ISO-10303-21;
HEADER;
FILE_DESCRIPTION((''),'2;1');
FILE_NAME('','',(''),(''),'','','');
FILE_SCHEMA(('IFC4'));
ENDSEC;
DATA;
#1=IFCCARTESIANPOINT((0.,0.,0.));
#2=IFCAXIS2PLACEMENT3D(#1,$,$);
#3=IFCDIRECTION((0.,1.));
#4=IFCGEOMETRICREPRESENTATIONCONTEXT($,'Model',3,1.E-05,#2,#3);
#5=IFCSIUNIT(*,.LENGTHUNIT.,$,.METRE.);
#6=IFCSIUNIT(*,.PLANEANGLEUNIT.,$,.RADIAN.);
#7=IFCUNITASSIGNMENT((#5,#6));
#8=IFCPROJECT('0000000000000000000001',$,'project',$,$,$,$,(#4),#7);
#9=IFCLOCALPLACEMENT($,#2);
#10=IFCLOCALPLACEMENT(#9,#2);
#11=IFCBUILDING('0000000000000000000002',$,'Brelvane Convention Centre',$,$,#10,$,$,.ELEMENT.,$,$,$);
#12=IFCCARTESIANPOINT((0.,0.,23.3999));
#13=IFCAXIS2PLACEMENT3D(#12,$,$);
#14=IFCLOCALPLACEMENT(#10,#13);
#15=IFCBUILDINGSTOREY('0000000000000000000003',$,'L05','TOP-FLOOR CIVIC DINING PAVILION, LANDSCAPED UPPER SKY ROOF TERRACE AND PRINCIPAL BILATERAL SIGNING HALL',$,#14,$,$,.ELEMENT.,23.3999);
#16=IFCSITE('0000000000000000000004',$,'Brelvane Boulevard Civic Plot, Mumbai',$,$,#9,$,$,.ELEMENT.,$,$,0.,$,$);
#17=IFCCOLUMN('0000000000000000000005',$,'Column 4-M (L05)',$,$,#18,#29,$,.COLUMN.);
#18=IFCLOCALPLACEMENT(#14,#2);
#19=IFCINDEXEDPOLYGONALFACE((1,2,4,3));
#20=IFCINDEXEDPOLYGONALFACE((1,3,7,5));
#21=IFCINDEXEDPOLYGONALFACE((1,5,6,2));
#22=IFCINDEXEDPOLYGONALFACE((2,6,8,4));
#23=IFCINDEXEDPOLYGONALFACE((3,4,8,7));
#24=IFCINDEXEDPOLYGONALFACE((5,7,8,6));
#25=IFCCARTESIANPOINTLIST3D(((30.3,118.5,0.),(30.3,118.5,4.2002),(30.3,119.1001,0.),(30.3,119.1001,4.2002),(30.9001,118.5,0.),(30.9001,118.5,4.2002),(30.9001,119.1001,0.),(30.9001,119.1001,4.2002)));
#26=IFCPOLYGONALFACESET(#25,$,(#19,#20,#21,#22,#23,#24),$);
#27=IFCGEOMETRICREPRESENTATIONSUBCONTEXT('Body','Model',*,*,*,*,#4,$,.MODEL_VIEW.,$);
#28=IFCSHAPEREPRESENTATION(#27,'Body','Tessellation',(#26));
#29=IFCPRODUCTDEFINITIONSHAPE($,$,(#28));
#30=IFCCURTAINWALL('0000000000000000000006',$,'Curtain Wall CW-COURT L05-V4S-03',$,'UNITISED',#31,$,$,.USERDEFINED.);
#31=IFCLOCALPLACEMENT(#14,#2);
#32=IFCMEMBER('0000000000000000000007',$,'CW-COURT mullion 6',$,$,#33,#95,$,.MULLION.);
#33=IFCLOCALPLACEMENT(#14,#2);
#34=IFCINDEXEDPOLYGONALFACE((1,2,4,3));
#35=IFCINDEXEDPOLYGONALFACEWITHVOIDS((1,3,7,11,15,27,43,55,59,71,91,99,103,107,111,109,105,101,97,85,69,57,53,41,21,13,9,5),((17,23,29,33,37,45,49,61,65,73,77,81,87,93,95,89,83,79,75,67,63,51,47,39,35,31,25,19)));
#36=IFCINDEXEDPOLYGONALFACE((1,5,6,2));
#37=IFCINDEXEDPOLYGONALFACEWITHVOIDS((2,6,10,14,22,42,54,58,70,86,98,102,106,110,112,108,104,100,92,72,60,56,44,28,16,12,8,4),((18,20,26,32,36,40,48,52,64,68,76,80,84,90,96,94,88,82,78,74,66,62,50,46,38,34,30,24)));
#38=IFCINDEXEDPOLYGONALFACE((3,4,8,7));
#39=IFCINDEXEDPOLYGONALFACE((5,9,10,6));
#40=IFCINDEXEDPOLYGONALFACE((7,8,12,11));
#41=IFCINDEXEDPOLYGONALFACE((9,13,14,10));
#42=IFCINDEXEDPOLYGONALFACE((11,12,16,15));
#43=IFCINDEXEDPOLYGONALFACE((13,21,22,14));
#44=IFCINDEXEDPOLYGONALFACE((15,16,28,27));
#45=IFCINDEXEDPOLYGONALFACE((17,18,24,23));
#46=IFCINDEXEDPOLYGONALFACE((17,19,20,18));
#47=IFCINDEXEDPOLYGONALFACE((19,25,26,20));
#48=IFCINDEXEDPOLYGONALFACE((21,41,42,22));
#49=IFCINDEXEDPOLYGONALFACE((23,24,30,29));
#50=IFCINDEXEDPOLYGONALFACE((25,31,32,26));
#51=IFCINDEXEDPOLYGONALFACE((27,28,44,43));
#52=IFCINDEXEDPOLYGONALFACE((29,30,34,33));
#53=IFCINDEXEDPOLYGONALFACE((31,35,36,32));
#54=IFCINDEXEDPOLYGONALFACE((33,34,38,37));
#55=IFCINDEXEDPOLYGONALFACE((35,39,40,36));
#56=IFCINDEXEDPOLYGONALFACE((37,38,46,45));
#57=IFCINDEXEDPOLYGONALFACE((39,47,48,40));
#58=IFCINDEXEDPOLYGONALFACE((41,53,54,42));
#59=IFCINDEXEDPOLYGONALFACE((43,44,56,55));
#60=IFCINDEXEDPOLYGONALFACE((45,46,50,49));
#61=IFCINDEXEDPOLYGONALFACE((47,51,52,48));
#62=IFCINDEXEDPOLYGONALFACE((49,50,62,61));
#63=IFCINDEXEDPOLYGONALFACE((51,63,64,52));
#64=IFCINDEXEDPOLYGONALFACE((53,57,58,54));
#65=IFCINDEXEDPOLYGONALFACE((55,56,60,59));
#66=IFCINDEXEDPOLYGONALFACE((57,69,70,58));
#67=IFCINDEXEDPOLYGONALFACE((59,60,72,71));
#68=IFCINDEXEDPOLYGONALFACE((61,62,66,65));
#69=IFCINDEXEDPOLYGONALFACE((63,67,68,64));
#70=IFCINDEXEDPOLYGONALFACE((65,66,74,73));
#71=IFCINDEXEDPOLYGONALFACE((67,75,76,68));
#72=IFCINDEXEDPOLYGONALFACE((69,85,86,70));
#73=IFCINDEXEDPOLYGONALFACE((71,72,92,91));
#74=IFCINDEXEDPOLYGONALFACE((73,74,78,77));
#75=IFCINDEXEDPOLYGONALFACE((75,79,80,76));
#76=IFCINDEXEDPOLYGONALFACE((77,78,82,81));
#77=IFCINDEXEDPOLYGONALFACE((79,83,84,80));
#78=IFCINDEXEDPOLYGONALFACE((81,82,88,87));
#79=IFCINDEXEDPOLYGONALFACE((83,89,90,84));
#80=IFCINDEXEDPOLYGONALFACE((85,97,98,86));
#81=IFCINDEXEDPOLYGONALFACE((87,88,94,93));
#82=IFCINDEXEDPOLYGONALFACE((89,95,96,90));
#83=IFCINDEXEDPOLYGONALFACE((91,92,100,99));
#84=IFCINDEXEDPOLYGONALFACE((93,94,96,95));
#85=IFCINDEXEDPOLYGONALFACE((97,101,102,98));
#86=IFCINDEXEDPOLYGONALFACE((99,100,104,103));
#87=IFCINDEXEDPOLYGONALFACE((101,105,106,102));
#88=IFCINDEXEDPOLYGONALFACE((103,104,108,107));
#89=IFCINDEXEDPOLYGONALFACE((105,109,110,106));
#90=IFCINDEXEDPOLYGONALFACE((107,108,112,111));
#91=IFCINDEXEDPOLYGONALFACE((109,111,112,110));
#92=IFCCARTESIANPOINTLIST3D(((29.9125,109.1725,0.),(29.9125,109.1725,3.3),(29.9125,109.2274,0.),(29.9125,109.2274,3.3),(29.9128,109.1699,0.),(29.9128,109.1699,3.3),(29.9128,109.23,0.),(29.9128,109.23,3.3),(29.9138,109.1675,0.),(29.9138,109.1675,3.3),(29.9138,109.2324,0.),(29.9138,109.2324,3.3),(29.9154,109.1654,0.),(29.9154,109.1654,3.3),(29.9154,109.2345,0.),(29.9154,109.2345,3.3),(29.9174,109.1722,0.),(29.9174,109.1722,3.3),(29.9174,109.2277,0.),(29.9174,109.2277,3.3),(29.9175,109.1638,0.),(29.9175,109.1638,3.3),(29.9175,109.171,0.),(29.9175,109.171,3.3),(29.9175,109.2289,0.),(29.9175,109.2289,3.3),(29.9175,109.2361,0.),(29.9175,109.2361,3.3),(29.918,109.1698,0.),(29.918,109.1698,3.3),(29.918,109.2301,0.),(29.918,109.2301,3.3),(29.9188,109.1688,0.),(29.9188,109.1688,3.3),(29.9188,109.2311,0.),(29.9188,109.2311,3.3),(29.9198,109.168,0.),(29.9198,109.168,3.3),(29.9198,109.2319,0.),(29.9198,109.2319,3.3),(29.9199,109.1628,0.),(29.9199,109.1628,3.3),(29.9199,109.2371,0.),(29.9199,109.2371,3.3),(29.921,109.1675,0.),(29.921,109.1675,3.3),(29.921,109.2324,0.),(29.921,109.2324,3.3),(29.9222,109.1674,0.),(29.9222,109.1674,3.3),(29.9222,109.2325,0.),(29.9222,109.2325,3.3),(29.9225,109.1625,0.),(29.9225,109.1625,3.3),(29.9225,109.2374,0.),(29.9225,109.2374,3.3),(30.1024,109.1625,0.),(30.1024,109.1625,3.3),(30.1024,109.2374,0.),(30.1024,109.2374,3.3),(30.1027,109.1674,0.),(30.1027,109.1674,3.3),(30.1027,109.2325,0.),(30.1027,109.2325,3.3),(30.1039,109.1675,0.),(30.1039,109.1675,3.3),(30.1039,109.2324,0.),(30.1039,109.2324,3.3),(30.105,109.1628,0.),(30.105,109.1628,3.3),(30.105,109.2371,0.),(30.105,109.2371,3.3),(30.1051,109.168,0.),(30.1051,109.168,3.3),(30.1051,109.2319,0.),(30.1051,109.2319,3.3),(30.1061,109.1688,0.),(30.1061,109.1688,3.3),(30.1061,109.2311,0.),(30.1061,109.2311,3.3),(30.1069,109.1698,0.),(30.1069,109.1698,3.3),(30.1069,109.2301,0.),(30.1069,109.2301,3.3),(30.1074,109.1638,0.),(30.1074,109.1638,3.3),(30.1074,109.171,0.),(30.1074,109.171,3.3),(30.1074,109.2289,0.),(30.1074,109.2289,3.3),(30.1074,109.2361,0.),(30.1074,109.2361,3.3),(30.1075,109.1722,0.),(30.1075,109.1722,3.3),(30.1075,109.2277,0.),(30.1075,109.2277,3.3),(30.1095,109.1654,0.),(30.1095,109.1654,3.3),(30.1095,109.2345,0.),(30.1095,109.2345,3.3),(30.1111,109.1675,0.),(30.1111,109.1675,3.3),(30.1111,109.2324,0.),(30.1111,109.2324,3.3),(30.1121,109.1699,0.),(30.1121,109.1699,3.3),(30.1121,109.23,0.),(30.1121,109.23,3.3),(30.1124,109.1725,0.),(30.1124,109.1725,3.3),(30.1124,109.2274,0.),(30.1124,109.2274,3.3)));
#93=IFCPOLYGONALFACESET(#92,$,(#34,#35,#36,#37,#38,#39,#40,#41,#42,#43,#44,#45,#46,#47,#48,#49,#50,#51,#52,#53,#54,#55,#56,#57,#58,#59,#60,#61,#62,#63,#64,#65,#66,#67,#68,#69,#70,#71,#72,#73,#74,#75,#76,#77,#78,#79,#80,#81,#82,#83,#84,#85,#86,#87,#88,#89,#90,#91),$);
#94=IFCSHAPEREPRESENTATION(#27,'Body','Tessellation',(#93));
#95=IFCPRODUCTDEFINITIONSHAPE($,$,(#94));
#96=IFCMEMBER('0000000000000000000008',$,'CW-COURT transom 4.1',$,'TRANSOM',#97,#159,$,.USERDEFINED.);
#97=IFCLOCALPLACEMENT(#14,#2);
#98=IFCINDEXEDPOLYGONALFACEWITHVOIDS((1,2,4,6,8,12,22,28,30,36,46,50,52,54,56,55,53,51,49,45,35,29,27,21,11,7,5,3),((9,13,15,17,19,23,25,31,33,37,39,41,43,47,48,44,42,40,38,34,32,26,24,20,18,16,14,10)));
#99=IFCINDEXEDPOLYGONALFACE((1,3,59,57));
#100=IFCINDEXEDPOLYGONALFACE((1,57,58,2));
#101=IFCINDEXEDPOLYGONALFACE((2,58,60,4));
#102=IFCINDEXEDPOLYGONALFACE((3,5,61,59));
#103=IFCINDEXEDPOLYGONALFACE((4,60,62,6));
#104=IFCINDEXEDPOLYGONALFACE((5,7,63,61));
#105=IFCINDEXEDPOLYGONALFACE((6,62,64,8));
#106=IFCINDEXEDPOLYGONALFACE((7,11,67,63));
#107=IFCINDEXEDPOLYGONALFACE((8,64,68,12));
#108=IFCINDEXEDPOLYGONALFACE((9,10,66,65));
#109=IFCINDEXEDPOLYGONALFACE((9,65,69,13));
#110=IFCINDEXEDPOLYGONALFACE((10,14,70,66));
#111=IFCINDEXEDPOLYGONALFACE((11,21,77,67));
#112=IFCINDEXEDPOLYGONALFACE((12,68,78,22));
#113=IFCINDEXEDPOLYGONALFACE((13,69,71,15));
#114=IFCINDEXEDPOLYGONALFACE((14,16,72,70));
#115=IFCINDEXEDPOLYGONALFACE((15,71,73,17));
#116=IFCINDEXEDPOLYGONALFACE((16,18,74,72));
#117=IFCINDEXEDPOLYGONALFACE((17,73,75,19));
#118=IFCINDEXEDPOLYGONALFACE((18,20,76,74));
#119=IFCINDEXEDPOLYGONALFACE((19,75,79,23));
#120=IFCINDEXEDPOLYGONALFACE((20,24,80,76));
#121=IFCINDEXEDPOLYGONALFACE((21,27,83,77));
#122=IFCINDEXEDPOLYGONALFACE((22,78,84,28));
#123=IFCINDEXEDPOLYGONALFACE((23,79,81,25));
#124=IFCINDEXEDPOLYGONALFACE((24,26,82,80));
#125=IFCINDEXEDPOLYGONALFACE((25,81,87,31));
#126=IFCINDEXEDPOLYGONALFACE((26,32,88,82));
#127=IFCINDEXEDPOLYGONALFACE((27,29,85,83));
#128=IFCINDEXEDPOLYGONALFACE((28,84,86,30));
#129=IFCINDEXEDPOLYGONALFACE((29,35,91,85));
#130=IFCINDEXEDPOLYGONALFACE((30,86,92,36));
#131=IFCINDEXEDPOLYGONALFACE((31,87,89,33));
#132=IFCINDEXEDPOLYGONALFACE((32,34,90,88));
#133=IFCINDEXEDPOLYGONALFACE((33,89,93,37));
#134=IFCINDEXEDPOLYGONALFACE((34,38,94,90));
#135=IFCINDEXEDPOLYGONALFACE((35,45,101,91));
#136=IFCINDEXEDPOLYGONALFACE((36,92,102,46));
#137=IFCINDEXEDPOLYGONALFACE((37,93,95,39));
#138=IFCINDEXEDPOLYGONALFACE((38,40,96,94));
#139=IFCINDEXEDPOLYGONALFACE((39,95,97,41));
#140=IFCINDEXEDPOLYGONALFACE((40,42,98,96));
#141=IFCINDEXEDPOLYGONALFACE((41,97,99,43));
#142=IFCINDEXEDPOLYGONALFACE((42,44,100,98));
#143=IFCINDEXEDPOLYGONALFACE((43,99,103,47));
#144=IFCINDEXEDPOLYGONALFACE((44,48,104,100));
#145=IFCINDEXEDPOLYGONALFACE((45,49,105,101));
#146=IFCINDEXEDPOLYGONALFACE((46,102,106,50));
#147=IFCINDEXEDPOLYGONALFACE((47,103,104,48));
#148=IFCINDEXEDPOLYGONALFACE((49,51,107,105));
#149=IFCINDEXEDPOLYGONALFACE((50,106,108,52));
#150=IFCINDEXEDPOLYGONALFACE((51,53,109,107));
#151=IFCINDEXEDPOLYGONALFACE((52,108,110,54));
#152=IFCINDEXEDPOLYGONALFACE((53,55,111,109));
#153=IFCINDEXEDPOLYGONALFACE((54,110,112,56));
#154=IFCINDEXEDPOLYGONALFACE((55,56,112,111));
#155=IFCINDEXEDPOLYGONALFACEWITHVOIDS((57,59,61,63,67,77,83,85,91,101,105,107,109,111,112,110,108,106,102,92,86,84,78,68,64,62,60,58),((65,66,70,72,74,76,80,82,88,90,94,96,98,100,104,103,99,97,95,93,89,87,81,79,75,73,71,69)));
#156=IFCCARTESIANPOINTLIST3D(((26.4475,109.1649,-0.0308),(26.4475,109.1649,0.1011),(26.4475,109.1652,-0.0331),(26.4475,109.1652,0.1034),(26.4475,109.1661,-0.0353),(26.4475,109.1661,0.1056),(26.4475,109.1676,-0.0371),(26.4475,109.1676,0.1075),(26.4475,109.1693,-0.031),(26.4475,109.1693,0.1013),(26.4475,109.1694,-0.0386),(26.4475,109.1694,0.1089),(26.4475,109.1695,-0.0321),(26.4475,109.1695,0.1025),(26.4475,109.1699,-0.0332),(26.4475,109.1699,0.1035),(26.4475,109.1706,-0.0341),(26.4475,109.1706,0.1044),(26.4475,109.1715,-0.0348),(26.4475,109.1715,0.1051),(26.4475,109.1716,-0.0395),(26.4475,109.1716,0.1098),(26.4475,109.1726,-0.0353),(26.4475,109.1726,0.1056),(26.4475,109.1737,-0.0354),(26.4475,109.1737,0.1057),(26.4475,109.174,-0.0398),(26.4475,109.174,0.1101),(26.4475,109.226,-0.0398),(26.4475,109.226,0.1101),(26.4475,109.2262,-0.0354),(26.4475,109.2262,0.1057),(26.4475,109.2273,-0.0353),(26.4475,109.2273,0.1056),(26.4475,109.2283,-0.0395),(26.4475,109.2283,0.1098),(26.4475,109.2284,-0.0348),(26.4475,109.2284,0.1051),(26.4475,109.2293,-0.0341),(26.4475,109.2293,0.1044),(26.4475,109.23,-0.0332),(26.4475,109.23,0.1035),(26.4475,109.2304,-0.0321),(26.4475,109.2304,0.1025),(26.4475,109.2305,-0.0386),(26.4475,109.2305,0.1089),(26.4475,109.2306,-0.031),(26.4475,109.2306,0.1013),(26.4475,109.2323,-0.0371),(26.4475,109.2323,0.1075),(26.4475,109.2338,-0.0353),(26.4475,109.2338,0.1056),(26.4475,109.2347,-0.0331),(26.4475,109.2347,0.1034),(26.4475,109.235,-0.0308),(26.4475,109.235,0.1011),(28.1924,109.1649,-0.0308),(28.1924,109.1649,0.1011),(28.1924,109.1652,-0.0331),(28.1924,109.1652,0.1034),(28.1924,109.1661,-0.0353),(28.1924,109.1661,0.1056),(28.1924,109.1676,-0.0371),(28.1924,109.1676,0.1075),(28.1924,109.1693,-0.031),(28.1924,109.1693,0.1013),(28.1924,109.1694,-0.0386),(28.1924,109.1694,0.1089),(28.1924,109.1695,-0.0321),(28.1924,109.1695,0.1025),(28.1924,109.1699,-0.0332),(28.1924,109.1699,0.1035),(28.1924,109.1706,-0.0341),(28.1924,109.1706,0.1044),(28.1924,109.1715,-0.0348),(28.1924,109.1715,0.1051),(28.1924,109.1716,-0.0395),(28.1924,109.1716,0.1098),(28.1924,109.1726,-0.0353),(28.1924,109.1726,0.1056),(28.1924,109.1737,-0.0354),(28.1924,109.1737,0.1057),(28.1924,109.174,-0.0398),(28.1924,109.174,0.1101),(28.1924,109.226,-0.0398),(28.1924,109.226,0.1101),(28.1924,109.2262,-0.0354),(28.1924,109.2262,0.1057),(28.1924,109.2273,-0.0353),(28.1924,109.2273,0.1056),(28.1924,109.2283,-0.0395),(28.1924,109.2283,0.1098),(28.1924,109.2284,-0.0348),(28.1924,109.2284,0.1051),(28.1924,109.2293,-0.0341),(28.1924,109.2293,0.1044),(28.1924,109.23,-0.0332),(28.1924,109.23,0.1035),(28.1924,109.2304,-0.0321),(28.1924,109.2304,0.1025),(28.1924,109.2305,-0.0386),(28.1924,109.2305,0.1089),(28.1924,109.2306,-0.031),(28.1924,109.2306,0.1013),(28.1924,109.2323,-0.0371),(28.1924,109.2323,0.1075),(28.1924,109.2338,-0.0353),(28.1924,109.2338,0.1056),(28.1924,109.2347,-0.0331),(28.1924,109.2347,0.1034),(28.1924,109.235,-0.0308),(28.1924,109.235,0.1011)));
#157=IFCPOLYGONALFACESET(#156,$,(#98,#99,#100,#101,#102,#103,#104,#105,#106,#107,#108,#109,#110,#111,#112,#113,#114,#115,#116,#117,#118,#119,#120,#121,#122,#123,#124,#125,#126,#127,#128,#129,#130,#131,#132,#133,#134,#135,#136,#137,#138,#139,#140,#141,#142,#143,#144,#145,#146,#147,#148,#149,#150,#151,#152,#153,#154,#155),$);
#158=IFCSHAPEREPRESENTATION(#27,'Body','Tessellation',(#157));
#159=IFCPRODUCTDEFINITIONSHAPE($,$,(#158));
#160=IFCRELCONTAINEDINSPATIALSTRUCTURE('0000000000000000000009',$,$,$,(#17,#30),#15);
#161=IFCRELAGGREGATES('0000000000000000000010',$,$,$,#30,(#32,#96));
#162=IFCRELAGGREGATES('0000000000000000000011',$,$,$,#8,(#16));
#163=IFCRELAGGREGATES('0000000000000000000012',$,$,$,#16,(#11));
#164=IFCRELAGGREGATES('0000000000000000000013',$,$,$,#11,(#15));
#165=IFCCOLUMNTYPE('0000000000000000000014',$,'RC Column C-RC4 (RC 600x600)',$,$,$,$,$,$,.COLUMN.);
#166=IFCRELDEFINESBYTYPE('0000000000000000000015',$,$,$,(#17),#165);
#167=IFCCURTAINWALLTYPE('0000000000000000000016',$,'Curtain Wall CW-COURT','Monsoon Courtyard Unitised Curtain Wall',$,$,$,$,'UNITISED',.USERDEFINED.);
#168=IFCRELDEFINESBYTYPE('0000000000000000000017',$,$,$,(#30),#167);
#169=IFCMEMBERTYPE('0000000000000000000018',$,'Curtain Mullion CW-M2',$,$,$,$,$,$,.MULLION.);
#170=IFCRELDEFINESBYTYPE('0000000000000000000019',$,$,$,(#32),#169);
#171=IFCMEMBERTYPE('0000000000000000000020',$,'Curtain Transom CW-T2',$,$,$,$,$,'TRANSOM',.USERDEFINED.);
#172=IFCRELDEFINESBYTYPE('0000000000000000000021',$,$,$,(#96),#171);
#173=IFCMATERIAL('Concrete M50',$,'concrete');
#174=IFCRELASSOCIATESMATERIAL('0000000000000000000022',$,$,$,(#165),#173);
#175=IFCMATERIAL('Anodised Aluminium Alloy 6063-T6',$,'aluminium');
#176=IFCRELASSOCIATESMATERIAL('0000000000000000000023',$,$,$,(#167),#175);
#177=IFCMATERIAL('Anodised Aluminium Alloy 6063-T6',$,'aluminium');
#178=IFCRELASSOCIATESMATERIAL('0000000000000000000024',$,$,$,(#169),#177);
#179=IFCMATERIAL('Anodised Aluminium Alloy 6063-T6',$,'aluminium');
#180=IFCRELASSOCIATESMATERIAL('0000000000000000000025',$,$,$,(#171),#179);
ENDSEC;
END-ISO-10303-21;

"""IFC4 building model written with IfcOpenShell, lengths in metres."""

from ifc_helpers import new_model, si_unit, direction, frame, origin, origin_2d, place, context, subcontext, project, spatial, rectangle, hollow_rectangle, extrude, material, material_profile, profile_set, type_object, element, aggregate, save


model = new_model("IFC4")

# Units and contexts
model_context = context("Model", 3, precision=1e-05, world=origin(), true_north=direction((0.0, 1.0)))
body_context = subcontext(model_context, "Body", "Model", "MODEL_VIEW")
ifc_project = project(units=[si_unit("LENGTHUNIT", "METRE"), si_unit("PLANEANGLEUNIT", "RADIAN")], contexts=[model_context])

# Site, building, storey
site_placement = place(None, origin())
site = spatial("IfcSite", under=ifc_project, at=site_placement, Name="Brelvane Boulevard Civic Plot, Mumbai", CompositionType="ELEMENT", RefElevation=0.0)
building_placement = place(site_placement, origin())
building = spatial("IfcBuilding", under=site, at=building_placement, Name="Brelvane Convention Centre", CompositionType="ELEMENT")
storey_placement = place(building_placement, frame((0.0, 0.0, 23.3999)))
storey = spatial("IfcBuildingStorey", under=building, at=storey_placement, Name="L05", Description="TOP-FLOOR CIVIC DINING PAVILION, LANDSCAPED UPPER SKY ROOF TERRACE AND PRINCIPAL BILATERAL SIGNING HALL", CompositionType="ELEMENT", Elevation=23.3999)

# Column
ifc_material_1 = material(Name="Concrete M50", Category="concrete")
ifc_material_profile_1 = material_profile(ifc_material_1, rectangle(XDim=0.6001, YDim=0.6001, at=origin_2d()), Name="RC 600x600")
ifc_profile_set_1 = profile_set([ifc_material_profile_1], Name="Concrete M50")
column_type = type_object("IfcColumnType", Name="RC Column C-RC4 (RC 600x600)", PredefinedType="COLUMN", material=ifc_profile_set_1)
column_placement = place(storey_placement, frame((30.6001, 118.8, 0.0), z_axis=(0.0, 0.0, 1.0), x_axis=(1.0, 0.0, 0.0)))
element("IfcColumn", 1, at=column_placement, inside=storey, type_object=column_type, Name="Column 4-M (L05)", PredefinedType="COLUMN", context=body_context, shape_type="SweptSolid", body=[
    extrude(rectangle(XDim=0.6001, YDim=0.6001, at=origin_2d()), origin(), (0.0, 0.0, 1.0), 4.2002),
])

# Curtain wall, members
ifc_material_2 = material(Name="Anodised Aluminium Alloy 6063-T6", Category="aluminium")
curtain_wall_type = type_object("IfcCurtainWallType", Name="Curtain Wall CW-COURT", Description="Monsoon Courtyard Unitised Curtain Wall", ElementType="UNITISED", PredefinedType="USERDEFINED", material=ifc_material_2)
curtain_wall_placement = place(storey_placement, origin())
curtain_wall = element("IfcCurtainWall", 2, at=curtain_wall_placement, inside=storey, type_object=curtain_wall_type, Name="Curtain Wall CW-COURT L05-V4S-03", ObjectType="UNITISED", PredefinedType="USERDEFINED")
ifc_material_3 = material(Name="Anodised Aluminium Alloy 6063-T6", Category="aluminium")
ifc_material_profile_2 = material_profile(ifc_material_3, hollow_rectangle(XDim=0.075, YDim=0.2, WallThickness=0.0049, InnerFilletRadius=0.0049, OuterFilletRadius=0.01, at=origin_2d()), Name="ALU-M 200x75x5.0")
ifc_profile_set_2 = profile_set([ifc_material_profile_2], Name="Anodised Aluminium Alloy 6063-T6")
member_type_1 = type_object("IfcMemberType", Name="Curtain Mullion CW-M2", PredefinedType="MULLION", material=ifc_profile_set_2)
member_1_placement = place(storey_placement, frame((30.0125, 109.2, 0.0), z_axis=(0.0, 0.0, 1.0), x_axis=(0.0, 1.0, 0.0)))
member_1 = element("IfcMember", 3, at=member_1_placement, type_object=member_type_1, Name="CW-COURT mullion 6", PredefinedType="MULLION", context=body_context, shape_type="SweptSolid", body=[
    extrude(hollow_rectangle(XDim=0.075, YDim=0.2, WallThickness=0.0049, InnerFilletRadius=0.0049, OuterFilletRadius=0.01, at=origin_2d()), origin(), (0.0, 0.0, 1.0), 3.3),
])
ifc_material_4 = material(Name="Anodised Aluminium Alloy 6063-T6", Category="aluminium")
ifc_material_profile_3 = material_profile(ifc_material_4, hollow_rectangle(XDim=0.0701, YDim=0.1499, WallThickness=0.0044, InnerFilletRadius=0.0044, OuterFilletRadius=0.009, at=origin_2d()), Name="ALU-T 150x70x4.5")
ifc_profile_set_3 = profile_set([ifc_material_profile_3], Name="Anodised Aluminium Alloy 6063-T6")
member_type_2 = type_object("IfcMemberType", Name="Curtain Transom CW-T2", ElementType="TRANSOM", PredefinedType="USERDEFINED", material=ifc_profile_set_3)
member_2_placement = place(storey_placement, frame((26.4475, 109.2, 0.0352), z_axis=(1.0, 0.0, 0.0), x_axis=(0.0, 1.0, 0.0)))
member_2 = element("IfcMember", 4, at=member_2_placement, type_object=member_type_2, Name="CW-COURT transom 4.1", ObjectType="TRANSOM", PredefinedType="USERDEFINED", context=body_context, shape_type="SweptSolid", body=[
    extrude(hollow_rectangle(XDim=0.0701, YDim=0.1499, WallThickness=0.0044, InnerFilletRadius=0.0044, OuterFilletRadius=0.009, at=origin_2d()), origin(), (0.0, 0.0, 1.0), 1.7449),
])

aggregate(curtain_wall, [member_1, member_2])

save(model, "model.ifc")
